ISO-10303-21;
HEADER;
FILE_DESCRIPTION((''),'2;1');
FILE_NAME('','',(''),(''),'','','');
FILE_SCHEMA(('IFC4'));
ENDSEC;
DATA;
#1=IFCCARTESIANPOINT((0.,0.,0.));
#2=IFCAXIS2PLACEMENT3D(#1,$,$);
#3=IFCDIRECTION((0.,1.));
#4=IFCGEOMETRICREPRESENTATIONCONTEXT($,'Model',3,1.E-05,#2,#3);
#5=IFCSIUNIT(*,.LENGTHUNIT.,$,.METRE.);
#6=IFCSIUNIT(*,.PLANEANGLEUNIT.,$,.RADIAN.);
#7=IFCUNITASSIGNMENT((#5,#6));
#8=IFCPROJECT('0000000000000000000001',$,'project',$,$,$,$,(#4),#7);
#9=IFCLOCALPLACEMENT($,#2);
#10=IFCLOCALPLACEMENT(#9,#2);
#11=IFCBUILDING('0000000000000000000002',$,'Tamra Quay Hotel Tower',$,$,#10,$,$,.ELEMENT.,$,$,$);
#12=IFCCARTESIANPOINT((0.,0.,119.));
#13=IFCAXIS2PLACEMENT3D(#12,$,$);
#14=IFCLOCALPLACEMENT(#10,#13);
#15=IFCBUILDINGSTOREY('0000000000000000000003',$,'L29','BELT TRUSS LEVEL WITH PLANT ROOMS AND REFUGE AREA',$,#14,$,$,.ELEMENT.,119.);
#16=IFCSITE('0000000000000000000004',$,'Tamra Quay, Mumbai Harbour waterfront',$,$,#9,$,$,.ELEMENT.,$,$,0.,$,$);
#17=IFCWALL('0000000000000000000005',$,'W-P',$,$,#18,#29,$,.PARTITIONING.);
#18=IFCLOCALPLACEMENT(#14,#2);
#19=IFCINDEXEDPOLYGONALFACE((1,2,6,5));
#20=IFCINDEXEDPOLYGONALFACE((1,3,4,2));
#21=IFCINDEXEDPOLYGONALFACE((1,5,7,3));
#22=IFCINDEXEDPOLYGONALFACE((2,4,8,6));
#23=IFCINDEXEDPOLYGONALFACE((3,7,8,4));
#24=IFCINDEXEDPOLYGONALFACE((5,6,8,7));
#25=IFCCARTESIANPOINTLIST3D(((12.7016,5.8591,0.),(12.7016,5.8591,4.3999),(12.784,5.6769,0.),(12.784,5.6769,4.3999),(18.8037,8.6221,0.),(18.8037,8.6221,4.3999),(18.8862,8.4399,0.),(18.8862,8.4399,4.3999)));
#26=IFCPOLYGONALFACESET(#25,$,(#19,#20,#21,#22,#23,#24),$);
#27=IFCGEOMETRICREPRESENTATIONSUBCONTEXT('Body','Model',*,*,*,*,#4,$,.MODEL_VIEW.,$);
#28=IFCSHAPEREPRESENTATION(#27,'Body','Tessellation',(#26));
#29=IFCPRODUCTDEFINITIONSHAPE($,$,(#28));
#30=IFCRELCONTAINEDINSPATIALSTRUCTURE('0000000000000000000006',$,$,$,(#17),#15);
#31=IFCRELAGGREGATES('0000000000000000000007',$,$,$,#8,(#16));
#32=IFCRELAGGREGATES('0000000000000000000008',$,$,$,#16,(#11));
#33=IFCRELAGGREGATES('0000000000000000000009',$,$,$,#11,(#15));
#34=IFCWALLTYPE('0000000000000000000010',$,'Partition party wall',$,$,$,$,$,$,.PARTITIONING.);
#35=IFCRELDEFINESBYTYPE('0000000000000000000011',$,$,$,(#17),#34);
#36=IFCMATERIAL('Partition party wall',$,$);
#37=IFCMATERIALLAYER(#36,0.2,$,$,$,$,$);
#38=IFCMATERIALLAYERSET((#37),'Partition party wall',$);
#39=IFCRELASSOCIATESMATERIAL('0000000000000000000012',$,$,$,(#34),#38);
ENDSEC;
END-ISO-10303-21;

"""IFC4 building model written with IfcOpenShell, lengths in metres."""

from ifc_helpers import new_model, si_unit, direction, frame, frame_2d, origin, place, context, subcontext, project, spatial, rectangle, extrude, material, layer, layer_set, type_object, element, save


model = new_model("IFC4")

# Units and contexts
model_context = context("Model", 3, precision=1e-05, world=origin(), true_north=direction((0.0, 1.0)))
body_context = subcontext(model_context, "Body", "Model", "MODEL_VIEW")
ifc_project = project(units=[si_unit("LENGTHUNIT", "METRE"), si_unit("PLANEANGLEUNIT", "RADIAN")], contexts=[model_context])

# Site, building, storey
site_placement = place(None, origin())
site = spatial("IfcSite", under=ifc_project, at=site_placement, Name="Tamra Quay, Mumbai Harbour waterfront", CompositionType="ELEMENT", RefElevation=0.0)
building_placement = place(site_placement, origin())
building = spatial("IfcBuilding", under=site, at=building_placement, Name="Tamra Quay Hotel Tower", CompositionType="ELEMENT")
storey_placement = place(building_placement, frame((0.0, 0.0, 119.0)))
storey = spatial("IfcBuildingStorey", under=building, at=storey_placement, Name="L29", Description="BELT TRUSS LEVEL WITH PLANT ROOMS AND REFUGE AREA", CompositionType="ELEMENT", Elevation=119.0)

# Wall
ifc_material_1 = material(Name="Partition party wall")
ifc_layer_1 = layer(ifc_material_1, 0.2)
ifc_layer_set_1 = layer_set([ifc_layer_1], Name="Partition party wall")
wall_type_1 = type_object("IfcWallType", Name="Partition party wall", PredefinedType="PARTITIONING", material=ifc_layer_set_1)
wall_1_placement = place(storey_placement, frame((12.7429, 5.7681, 0.0), z_axis=(0.0, 0.0, 1.0), x_axis=(0.910968, 0.412476, 0.0)))
element("IfcWall", 1, at=wall_1_placement, inside=storey, type_object=wall_type_1, Name="W-P", PredefinedType="PARTITIONING", context=body_context, shape_type="SweptSolid", body=[
    extrude(rectangle(XDim=6.6985, YDim=0.2, at=frame_2d((3.3491, 0.0))), origin(), (0.0, 0.0, 1.0), 4.3999),
])

save(model, "model.ifc")
